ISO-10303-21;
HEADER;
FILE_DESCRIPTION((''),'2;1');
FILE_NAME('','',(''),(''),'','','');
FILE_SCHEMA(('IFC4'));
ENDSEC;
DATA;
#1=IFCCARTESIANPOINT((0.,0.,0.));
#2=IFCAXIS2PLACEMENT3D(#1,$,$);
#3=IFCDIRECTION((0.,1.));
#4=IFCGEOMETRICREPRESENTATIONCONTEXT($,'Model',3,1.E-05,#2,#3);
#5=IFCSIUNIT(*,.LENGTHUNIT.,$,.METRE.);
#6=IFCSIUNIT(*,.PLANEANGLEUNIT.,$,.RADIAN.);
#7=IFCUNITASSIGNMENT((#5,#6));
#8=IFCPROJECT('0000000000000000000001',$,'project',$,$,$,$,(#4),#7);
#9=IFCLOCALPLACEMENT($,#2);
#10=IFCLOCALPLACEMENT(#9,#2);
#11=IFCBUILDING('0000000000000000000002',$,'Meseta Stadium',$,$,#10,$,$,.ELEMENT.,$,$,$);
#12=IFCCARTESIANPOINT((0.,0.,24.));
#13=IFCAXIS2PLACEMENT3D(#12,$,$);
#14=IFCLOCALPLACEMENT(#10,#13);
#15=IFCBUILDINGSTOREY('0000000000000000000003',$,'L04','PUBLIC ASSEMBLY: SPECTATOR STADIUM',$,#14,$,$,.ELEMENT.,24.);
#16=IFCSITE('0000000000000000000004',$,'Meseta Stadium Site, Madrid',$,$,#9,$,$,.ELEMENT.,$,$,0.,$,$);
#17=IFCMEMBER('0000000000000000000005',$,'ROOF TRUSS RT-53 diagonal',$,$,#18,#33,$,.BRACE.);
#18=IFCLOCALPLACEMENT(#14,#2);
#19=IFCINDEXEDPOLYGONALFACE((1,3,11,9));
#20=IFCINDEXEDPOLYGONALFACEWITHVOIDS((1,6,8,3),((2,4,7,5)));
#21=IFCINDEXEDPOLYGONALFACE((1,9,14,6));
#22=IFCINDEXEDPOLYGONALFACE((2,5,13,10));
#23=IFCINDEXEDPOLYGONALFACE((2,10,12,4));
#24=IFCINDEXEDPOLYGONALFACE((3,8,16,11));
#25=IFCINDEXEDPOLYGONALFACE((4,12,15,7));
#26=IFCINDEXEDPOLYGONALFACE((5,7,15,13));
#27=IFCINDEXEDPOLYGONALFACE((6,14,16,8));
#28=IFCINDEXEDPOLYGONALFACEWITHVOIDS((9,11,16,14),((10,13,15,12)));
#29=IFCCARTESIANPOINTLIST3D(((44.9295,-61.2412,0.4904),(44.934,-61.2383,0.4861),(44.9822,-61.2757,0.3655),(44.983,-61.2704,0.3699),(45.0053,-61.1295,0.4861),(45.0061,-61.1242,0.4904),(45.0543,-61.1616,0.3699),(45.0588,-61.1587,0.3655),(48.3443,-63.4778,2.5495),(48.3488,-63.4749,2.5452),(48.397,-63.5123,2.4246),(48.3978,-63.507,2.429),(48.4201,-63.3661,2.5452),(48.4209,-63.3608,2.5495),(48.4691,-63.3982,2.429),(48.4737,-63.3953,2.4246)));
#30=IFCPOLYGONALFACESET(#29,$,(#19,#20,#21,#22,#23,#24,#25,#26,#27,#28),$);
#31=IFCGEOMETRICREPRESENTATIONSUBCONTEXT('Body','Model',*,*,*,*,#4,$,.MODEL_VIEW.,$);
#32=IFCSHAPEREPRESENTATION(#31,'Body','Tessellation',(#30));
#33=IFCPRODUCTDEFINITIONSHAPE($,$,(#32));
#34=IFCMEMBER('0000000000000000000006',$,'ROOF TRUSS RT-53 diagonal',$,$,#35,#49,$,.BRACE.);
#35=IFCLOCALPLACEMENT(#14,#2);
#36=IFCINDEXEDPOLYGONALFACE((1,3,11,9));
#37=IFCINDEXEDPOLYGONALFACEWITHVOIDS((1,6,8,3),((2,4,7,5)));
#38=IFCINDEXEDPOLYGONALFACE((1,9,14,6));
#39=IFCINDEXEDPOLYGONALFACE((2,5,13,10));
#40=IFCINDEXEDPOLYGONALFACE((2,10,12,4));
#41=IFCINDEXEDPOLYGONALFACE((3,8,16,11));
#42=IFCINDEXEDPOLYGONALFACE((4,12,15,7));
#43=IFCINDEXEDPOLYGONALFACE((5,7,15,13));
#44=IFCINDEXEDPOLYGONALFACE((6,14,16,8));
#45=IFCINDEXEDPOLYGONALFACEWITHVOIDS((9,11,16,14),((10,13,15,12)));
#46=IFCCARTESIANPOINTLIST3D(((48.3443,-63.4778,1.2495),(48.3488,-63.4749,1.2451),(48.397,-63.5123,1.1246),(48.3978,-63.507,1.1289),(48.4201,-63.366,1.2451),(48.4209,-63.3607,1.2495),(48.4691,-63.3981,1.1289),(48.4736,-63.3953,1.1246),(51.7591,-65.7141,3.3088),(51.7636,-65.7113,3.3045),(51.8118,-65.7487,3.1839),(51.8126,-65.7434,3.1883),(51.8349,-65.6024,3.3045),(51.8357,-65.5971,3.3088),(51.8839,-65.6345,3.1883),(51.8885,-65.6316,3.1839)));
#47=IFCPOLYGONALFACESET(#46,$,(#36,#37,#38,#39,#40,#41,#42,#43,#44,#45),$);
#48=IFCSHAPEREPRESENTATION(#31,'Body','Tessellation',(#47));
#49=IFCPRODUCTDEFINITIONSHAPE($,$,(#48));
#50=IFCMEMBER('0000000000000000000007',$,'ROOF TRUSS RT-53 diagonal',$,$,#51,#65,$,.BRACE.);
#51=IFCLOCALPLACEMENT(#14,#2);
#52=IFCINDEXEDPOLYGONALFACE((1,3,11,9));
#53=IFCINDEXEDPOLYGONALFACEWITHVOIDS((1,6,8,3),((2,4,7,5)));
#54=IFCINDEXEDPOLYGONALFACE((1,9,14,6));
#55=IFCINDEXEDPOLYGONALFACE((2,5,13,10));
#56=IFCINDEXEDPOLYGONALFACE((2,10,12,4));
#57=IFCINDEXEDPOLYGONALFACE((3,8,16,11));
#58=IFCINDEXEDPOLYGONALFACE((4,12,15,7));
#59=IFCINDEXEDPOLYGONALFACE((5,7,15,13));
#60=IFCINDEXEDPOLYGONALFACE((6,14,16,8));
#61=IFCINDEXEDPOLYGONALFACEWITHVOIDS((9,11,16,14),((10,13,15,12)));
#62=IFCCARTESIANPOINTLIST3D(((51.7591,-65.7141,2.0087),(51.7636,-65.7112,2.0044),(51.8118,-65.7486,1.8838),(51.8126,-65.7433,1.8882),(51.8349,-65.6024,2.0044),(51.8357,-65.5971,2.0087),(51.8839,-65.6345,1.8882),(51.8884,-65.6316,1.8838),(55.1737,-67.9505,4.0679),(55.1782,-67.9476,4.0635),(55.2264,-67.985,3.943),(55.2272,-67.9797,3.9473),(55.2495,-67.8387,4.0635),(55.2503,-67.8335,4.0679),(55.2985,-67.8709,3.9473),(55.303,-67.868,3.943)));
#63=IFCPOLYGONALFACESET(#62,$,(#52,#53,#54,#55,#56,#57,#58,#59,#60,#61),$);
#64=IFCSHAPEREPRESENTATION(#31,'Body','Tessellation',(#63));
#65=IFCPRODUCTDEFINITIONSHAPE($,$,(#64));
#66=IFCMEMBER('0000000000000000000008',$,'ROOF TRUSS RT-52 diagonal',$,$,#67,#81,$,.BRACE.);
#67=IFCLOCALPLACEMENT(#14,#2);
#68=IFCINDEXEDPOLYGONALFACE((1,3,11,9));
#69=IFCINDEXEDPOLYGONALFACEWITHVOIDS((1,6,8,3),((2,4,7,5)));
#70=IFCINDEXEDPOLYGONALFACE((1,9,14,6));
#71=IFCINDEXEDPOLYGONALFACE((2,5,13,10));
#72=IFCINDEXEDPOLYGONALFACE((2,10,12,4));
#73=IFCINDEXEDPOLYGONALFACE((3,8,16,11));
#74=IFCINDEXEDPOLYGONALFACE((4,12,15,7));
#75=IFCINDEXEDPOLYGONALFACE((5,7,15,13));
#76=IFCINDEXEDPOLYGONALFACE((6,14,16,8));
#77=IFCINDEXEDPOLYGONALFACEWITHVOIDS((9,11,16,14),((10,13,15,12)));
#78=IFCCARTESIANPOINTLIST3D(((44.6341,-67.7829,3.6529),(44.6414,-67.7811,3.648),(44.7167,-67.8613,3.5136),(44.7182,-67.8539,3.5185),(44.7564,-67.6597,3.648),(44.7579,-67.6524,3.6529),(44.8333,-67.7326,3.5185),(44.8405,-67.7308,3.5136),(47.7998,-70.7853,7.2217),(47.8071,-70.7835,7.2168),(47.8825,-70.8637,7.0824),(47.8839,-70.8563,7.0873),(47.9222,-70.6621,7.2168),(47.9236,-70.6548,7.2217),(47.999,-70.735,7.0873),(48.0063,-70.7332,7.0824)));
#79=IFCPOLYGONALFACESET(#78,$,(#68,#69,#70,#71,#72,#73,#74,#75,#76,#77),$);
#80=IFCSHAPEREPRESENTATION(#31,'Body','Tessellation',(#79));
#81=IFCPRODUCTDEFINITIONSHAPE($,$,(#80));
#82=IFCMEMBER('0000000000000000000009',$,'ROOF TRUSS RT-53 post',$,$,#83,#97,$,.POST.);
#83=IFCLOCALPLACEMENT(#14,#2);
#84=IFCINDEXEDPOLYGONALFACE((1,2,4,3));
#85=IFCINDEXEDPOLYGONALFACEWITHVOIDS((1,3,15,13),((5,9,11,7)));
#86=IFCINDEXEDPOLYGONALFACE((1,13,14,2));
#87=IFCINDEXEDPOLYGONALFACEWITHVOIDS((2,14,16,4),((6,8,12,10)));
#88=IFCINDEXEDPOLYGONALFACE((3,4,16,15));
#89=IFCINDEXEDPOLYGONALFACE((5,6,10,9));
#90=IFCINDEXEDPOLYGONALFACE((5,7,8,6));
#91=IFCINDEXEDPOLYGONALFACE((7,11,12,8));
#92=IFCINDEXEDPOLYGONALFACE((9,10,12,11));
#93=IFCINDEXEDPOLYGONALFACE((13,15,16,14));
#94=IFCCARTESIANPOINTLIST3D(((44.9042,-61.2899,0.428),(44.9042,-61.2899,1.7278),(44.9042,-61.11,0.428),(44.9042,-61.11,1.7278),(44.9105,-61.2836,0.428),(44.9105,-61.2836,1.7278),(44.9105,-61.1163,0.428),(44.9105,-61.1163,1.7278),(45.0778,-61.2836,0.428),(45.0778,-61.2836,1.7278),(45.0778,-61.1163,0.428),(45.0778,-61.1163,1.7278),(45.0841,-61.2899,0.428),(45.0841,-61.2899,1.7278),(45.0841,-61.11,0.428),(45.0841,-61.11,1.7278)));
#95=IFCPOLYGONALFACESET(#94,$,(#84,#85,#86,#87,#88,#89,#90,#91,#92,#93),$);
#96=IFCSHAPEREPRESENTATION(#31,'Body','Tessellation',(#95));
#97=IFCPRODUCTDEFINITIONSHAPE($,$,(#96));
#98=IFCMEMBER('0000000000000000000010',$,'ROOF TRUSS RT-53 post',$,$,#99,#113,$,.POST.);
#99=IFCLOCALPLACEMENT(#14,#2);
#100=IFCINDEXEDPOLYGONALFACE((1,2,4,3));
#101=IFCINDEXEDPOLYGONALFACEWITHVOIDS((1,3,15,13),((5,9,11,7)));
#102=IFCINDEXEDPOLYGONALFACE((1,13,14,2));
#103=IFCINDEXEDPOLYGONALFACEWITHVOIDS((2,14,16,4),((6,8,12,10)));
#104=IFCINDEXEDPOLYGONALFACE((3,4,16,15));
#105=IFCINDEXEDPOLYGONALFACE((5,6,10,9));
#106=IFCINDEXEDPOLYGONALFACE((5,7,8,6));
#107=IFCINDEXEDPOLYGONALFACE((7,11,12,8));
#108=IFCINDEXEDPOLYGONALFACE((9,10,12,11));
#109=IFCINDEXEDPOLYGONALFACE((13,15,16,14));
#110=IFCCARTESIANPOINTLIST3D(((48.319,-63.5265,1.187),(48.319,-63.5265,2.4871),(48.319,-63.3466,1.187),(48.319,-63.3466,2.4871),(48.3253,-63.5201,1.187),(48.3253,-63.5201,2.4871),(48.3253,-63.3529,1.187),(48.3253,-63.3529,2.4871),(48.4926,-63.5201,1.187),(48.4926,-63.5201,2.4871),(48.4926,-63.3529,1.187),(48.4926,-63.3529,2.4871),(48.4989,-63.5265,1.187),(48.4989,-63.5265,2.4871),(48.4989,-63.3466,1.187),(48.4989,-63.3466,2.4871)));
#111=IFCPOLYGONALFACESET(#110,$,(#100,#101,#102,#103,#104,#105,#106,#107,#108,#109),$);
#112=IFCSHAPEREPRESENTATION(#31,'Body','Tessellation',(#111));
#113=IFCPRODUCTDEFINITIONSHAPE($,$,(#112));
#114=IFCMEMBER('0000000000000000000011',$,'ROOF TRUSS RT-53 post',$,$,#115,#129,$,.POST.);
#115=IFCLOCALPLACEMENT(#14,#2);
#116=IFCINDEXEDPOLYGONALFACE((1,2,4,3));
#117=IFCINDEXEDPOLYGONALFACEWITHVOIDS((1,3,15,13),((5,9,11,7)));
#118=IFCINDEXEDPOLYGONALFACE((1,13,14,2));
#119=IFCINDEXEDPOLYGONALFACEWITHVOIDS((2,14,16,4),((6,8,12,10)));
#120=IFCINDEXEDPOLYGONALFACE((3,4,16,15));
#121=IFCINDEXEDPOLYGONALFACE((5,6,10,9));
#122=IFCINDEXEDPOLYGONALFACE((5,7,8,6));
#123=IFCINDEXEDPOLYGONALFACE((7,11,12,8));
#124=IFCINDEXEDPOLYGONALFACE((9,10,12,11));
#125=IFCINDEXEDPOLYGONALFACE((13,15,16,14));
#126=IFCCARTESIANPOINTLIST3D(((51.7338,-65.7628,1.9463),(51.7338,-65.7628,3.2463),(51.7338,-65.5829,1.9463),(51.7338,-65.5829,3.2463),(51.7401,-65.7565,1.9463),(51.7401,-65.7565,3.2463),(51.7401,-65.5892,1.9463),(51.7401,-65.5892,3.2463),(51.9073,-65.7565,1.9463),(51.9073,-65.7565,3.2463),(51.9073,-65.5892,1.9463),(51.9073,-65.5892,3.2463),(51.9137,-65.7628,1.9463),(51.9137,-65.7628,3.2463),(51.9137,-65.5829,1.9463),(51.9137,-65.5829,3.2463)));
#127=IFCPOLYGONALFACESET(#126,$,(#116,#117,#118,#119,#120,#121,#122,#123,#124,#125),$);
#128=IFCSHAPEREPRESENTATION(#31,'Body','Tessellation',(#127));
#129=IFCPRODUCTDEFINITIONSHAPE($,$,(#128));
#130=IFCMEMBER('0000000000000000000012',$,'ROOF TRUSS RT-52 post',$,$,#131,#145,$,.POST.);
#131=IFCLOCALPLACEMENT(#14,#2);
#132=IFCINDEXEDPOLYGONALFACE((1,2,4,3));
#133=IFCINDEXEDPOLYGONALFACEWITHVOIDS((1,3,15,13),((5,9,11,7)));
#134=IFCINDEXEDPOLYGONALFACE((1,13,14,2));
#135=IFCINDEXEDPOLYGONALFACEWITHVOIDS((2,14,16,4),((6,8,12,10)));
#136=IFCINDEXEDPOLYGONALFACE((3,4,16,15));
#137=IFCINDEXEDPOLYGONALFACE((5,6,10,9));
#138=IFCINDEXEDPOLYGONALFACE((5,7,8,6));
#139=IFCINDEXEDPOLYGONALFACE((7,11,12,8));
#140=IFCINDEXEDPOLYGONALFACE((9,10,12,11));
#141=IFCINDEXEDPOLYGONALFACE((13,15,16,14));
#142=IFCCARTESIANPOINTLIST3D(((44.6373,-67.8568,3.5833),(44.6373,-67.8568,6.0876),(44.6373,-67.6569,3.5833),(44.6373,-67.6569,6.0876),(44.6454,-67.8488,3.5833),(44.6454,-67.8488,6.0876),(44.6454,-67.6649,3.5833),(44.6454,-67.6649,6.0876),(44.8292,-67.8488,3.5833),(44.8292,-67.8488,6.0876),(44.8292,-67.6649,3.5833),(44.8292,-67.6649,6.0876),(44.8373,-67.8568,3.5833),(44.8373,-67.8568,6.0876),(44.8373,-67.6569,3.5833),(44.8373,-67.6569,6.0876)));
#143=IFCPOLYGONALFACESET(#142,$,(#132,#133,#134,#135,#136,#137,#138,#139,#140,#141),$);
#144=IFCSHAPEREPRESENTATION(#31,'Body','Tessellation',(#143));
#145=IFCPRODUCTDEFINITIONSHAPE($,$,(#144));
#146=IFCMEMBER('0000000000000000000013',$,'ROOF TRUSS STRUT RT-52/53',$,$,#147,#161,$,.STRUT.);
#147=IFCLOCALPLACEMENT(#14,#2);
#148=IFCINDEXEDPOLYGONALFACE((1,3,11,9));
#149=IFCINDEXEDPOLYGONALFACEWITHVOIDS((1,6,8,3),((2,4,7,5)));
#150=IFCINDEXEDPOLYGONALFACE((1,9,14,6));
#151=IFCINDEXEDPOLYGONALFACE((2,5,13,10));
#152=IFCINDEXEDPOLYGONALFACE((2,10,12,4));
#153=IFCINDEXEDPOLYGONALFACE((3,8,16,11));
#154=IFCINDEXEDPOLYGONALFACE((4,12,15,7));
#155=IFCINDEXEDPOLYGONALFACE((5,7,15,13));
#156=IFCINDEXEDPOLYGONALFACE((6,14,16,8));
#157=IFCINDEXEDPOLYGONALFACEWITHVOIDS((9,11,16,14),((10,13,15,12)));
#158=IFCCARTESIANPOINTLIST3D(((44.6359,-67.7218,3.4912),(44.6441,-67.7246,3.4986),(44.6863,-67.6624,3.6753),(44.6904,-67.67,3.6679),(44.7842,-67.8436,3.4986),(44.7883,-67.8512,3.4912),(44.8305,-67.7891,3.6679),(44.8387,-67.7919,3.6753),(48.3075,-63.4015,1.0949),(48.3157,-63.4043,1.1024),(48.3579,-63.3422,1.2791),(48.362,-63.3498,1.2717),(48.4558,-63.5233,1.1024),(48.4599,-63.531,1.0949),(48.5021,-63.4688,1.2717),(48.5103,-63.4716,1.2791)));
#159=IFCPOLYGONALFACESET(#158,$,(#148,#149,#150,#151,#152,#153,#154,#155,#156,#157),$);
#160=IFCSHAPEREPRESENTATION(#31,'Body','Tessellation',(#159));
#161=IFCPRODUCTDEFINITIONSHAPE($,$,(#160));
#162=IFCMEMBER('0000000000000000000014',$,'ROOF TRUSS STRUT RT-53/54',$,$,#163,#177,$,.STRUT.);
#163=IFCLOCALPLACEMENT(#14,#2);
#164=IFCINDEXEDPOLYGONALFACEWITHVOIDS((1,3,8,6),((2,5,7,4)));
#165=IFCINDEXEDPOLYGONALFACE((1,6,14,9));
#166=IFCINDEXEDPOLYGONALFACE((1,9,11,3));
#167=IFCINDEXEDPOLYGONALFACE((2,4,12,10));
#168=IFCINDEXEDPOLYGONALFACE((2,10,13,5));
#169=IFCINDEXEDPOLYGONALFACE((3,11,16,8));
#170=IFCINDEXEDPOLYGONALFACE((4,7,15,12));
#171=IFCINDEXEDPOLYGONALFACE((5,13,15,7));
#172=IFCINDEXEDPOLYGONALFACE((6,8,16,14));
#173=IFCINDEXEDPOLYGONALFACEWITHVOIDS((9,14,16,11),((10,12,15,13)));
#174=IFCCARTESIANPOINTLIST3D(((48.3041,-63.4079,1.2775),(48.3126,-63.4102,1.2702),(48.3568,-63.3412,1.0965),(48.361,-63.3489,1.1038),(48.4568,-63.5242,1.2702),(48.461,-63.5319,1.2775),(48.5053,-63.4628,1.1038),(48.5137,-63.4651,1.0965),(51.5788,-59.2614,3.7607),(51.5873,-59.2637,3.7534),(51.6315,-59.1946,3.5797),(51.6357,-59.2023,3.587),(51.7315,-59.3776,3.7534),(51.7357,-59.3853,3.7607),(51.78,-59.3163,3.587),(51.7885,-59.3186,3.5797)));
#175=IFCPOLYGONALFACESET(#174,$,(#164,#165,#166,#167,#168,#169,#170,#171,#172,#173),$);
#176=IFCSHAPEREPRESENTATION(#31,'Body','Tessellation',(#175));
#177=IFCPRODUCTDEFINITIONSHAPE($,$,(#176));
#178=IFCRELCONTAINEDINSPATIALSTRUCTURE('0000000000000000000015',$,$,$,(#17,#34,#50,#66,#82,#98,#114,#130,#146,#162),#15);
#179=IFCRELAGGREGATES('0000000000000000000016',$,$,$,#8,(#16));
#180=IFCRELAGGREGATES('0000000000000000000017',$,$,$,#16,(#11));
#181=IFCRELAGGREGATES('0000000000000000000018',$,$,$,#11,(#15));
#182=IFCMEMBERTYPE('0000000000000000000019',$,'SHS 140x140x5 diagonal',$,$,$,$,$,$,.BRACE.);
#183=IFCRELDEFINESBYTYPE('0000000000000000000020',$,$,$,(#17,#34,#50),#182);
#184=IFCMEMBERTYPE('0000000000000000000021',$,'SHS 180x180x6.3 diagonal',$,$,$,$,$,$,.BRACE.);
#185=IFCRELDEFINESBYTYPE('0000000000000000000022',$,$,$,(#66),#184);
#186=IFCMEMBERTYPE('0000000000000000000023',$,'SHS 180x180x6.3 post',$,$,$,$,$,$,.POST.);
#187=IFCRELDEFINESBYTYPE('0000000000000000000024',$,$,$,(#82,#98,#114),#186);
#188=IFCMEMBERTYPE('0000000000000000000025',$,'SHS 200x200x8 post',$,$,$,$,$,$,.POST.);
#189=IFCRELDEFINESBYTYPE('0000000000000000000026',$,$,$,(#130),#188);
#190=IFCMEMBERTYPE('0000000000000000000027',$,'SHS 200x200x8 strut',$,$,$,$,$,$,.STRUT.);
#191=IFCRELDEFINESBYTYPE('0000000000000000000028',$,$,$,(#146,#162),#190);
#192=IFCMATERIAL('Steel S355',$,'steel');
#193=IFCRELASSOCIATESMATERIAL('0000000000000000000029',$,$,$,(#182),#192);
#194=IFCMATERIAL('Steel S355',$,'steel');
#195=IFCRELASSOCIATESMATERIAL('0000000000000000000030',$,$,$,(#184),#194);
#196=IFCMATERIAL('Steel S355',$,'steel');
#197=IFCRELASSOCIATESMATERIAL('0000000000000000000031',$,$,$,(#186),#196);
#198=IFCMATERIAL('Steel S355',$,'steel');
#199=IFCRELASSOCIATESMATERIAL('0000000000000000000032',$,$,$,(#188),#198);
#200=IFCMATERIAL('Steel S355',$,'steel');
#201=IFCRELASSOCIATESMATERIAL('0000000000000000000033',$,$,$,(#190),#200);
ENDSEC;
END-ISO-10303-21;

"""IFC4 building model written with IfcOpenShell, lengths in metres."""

from ifc_helpers import new_model, si_unit, direction, frame, origin, origin_2d, place, context, subcontext, project, spatial, hollow_rectangle, extrude, material, material_profile, profile_set, type_object, element, save


model = new_model("IFC4")

# Units and contexts
model_context = context("Model", 3, precision=1e-05, world=origin(), true_north=direction((0.0, 1.0)))
body_context = subcontext(model_context, "Body", "Model", "MODEL_VIEW")
ifc_project = project(units=[si_unit("LENGTHUNIT", "METRE"), si_unit("PLANEANGLEUNIT", "RADIAN")], contexts=[model_context])

# Site, building, storey
site_placement = place(None, origin())
site = spatial("IfcSite", under=ifc_project, at=site_placement, Name="Meseta Stadium Site, Madrid", CompositionType="ELEMENT", RefElevation=0.0)
building_placement = place(site_placement, origin())
building = spatial("IfcBuilding", under=site, at=building_placement, Name="Meseta Stadium", CompositionType="ELEMENT")
storey_placement = place(building_placement, frame((0.0, 0.0, 24.0)))
storey = spatial("IfcBuildingStorey", under=building, at=storey_placement, Name="L04", Description="PUBLIC ASSEMBLY: SPECTATOR STADIUM", CompositionType="ELEMENT", Elevation=24.0)

# Members
ifc_material_1 = material(Name="Steel S355", Category="steel")
ifc_material_profile_1 = material_profile(ifc_material_1, hollow_rectangle(XDim=0.1399, YDim=0.1399, WallThickness=0.0049, at=origin_2d()), Name="SHS 140x140x5")
ifc_profile_set_1 = profile_set([ifc_material_profile_1], Name="Steel S355")
member_type_1 = type_object("IfcMemberType", Name="SHS 140x140x5 diagonal", PredefinedType="BRACE", material=ifc_profile_set_1)
for number, where, z_axis, x_axis, name in (
    (1, (44.9941, -61.2, 0.428), (0.746898, -0.489192, 0.450371), (0.547905, 0.836541, 0.0), "ROOF TRUSS RT-53 diagonal"),
    (2, (48.4089, -63.4365, 1.187), (0.7469, -0.48914, 0.450425), (0.547863, 0.836568, 0.0), "ROOF TRUSS RT-53 diagonal"),
):
    element("IfcMember", number, at=place(storey_placement, frame(where, z_axis=z_axis, x_axis=x_axis)), inside=storey, type_object=member_type_1, Name=name, PredefinedType="BRACE", context=body_context, shape_type="SweptSolid", body=[
        extrude(hollow_rectangle(XDim=0.1399, YDim=0.1399, WallThickness=0.0049, at=origin_2d()), origin(), (0.0, 0.0, 1.0), 4.572),
    ])
member_1_placement = place(storey_placement, frame((51.8237, -65.6729, 1.9463), z_axis=(0.746894, -0.489171, 0.450401), x_axis=(0.547891, 0.83655, 0.0)))
element("IfcMember", 3, at=member_1_placement, inside=storey, type_object=member_type_1, Name="ROOF TRUSS RT-53 diagonal", PredefinedType="BRACE", context=body_context, shape_type="SweptSolid", body=[
    extrude(hollow_rectangle(XDim=0.1399, YDim=0.1399, WallThickness=0.0049, at=origin_2d()), origin(), (0.0, 0.0, 1.0), 4.5718),
])
ifc_material_2 = material(Name="Steel S355", Category="steel")
ifc_material_profile_2 = material_profile(ifc_material_2, hollow_rectangle(XDim=0.1799, YDim=0.1799, WallThickness=0.0063, at=origin_2d()), Name="SHS 180x180x6.3")
ifc_profile_set_2 = profile_set([ifc_material_profile_2], Name="Steel S355")
member_type_2 = type_object("IfcMemberType", Name="SHS 180x180x6.3 diagonal", PredefinedType="BRACE", material=ifc_profile_set_2)
member_2_placement = place(storey_placement, frame((44.7373, -67.7568, 3.5833), z_axis=(0.561626, -0.532651, 0.633134), x_axis=(0.688142, 0.725576, 0.0)))
element("IfcMember", 4, at=member_2_placement, inside=storey, type_object=member_type_2, Name="ROOF TRUSS RT-52 diagonal", PredefinedType="BRACE", context=body_context, shape_type="SweptSolid", body=[
    extrude(hollow_rectangle(XDim=0.1799, YDim=0.1799, WallThickness=0.0063, at=origin_2d()), origin(), (0.0, 0.0, 1.0), 5.6367),
])
ifc_material_3 = material(Name="Steel S355", Category="steel")
ifc_material_profile_3 = material_profile(ifc_material_3, hollow_rectangle(XDim=0.1799, YDim=0.1799, WallThickness=0.0063, at=origin_2d()), Name="SHS 180x180x6.3")
ifc_profile_set_3 = profile_set([ifc_material_profile_3], Name="Steel S355")
member_type_3 = type_object("IfcMemberType", Name="SHS 180x180x6.3 post", PredefinedType="POST", material=ifc_profile_set_3)
member_3_placement = place(storey_placement, frame((44.9941, -61.2, 0.428), z_axis=(0.0, 0.0, 1.0), x_axis=(1.0, 0.0, 0.0)))
element("IfcMember", 5, at=member_3_placement, inside=storey, type_object=member_type_3, Name="ROOF TRUSS RT-53 post", PredefinedType="POST", context=body_context, shape_type="SweptSolid", body=[
    extrude(hollow_rectangle(XDim=0.1799, YDim=0.1799, WallThickness=0.0063, at=origin_2d()), origin(), (0.0, 0.0, 1.0), 1.2998),
])
for number, where, z_axis, x_axis, name in (
    (6, (48.4089, -63.4365, 1.187), (0.0, 0.0, 1.0), (1.0, 0.0, 0.0), "ROOF TRUSS RT-53 post"),
    (7, (51.8237, -65.6729, 1.9463), (0.0, 0.0, 1.0), (1.0, 0.0, 0.0), "ROOF TRUSS RT-53 post"),
):
    element("IfcMember", number, at=place(storey_placement, frame(where, z_axis=z_axis, x_axis=x_axis)), inside=storey, type_object=member_type_3, Name=name, PredefinedType="POST", context=body_context, shape_type="SweptSolid", body=[
        extrude(hollow_rectangle(XDim=0.1799, YDim=0.1799, WallThickness=0.0063, at=origin_2d()), origin(), (0.0, 0.0, 1.0), 1.3),
    ])
ifc_material_4 = material(Name="Steel S355", Category="steel")
ifc_material_profile_4 = material_profile(ifc_material_4, hollow_rectangle(XDim=0.2, YDim=0.2, WallThickness=0.0081, at=origin_2d()), Name="SHS 200x200x8")
ifc_profile_set_4 = profile_set([ifc_material_profile_4], Name="Steel S355")
member_type_4 = type_object("IfcMemberType", Name="SHS 200x200x8 post", PredefinedType="POST", material=ifc_profile_set_4)
member_4_placement = place(storey_placement, frame((44.7373, -67.7568, 3.5833), z_axis=(0.0, 0.0, 1.0), x_axis=(1.0, 0.0, 0.0)))
element("IfcMember", 8, at=member_4_placement, inside=storey, type_object=member_type_4, Name="ROOF TRUSS RT-52 post", PredefinedType="POST", context=body_context, shape_type="SweptSolid", body=[
    extrude(hollow_rectangle(XDim=0.2, YDim=0.2, WallThickness=0.0081, at=origin_2d()), origin(), (0.0, 0.0, 1.0), 2.5044),
])
ifc_material_5 = material(Name="Steel S355", Category="steel")
ifc_material_profile_5 = material_profile(ifc_material_5, hollow_rectangle(XDim=0.2, YDim=0.2, WallThickness=0.0081, at=origin_2d()), Name="SHS 200x200x8")
ifc_profile_set_5 = profile_set([ifc_material_profile_5], Name="Steel S355")
member_type_5 = type_object("IfcMemberType", Name="SHS 200x200x8 strut", PredefinedType="STRUT", material=ifc_profile_set_5)
member_5_placement = place(storey_placement, frame((44.7373, -67.7568, 3.5833), z_axis=(0.596497, 0.701883, -0.389296), x_axis=(-0.761995, 0.647583, 0.0)))
element("IfcMember", 9, at=member_5_placement, inside=storey, type_object=member_type_5, Name="ROOF TRUSS STRUT RT-52/53", PredefinedType="STRUT", context=body_context, shape_type="SweptSolid", body=[
    extrude(hollow_rectangle(XDim=0.2, YDim=0.2, WallThickness=0.0081, at=origin_2d()), origin(), (0.0, 0.0, 1.0), 6.1553),
])
member_6_placement = place(storey_placement, frame((48.4089, -63.4365, 1.187), z_axis=(0.560917, 0.710252, 0.42534), x_axis=(-0.78478, 0.619775, 0.0)))
element("IfcMember", 10, at=member_6_placement, inside=storey, type_object=member_type_5, Name="ROOF TRUSS STRUT RT-53/54", PredefinedType="STRUT", context=body_context, shape_type="SweptSolid", body=[
    extrude(hollow_rectangle(XDim=0.2, YDim=0.2, WallThickness=0.0081, at=origin_2d()), origin(), (0.0, 0.0, 1.0), 5.8381),
])

save(model, "model.ifc")
